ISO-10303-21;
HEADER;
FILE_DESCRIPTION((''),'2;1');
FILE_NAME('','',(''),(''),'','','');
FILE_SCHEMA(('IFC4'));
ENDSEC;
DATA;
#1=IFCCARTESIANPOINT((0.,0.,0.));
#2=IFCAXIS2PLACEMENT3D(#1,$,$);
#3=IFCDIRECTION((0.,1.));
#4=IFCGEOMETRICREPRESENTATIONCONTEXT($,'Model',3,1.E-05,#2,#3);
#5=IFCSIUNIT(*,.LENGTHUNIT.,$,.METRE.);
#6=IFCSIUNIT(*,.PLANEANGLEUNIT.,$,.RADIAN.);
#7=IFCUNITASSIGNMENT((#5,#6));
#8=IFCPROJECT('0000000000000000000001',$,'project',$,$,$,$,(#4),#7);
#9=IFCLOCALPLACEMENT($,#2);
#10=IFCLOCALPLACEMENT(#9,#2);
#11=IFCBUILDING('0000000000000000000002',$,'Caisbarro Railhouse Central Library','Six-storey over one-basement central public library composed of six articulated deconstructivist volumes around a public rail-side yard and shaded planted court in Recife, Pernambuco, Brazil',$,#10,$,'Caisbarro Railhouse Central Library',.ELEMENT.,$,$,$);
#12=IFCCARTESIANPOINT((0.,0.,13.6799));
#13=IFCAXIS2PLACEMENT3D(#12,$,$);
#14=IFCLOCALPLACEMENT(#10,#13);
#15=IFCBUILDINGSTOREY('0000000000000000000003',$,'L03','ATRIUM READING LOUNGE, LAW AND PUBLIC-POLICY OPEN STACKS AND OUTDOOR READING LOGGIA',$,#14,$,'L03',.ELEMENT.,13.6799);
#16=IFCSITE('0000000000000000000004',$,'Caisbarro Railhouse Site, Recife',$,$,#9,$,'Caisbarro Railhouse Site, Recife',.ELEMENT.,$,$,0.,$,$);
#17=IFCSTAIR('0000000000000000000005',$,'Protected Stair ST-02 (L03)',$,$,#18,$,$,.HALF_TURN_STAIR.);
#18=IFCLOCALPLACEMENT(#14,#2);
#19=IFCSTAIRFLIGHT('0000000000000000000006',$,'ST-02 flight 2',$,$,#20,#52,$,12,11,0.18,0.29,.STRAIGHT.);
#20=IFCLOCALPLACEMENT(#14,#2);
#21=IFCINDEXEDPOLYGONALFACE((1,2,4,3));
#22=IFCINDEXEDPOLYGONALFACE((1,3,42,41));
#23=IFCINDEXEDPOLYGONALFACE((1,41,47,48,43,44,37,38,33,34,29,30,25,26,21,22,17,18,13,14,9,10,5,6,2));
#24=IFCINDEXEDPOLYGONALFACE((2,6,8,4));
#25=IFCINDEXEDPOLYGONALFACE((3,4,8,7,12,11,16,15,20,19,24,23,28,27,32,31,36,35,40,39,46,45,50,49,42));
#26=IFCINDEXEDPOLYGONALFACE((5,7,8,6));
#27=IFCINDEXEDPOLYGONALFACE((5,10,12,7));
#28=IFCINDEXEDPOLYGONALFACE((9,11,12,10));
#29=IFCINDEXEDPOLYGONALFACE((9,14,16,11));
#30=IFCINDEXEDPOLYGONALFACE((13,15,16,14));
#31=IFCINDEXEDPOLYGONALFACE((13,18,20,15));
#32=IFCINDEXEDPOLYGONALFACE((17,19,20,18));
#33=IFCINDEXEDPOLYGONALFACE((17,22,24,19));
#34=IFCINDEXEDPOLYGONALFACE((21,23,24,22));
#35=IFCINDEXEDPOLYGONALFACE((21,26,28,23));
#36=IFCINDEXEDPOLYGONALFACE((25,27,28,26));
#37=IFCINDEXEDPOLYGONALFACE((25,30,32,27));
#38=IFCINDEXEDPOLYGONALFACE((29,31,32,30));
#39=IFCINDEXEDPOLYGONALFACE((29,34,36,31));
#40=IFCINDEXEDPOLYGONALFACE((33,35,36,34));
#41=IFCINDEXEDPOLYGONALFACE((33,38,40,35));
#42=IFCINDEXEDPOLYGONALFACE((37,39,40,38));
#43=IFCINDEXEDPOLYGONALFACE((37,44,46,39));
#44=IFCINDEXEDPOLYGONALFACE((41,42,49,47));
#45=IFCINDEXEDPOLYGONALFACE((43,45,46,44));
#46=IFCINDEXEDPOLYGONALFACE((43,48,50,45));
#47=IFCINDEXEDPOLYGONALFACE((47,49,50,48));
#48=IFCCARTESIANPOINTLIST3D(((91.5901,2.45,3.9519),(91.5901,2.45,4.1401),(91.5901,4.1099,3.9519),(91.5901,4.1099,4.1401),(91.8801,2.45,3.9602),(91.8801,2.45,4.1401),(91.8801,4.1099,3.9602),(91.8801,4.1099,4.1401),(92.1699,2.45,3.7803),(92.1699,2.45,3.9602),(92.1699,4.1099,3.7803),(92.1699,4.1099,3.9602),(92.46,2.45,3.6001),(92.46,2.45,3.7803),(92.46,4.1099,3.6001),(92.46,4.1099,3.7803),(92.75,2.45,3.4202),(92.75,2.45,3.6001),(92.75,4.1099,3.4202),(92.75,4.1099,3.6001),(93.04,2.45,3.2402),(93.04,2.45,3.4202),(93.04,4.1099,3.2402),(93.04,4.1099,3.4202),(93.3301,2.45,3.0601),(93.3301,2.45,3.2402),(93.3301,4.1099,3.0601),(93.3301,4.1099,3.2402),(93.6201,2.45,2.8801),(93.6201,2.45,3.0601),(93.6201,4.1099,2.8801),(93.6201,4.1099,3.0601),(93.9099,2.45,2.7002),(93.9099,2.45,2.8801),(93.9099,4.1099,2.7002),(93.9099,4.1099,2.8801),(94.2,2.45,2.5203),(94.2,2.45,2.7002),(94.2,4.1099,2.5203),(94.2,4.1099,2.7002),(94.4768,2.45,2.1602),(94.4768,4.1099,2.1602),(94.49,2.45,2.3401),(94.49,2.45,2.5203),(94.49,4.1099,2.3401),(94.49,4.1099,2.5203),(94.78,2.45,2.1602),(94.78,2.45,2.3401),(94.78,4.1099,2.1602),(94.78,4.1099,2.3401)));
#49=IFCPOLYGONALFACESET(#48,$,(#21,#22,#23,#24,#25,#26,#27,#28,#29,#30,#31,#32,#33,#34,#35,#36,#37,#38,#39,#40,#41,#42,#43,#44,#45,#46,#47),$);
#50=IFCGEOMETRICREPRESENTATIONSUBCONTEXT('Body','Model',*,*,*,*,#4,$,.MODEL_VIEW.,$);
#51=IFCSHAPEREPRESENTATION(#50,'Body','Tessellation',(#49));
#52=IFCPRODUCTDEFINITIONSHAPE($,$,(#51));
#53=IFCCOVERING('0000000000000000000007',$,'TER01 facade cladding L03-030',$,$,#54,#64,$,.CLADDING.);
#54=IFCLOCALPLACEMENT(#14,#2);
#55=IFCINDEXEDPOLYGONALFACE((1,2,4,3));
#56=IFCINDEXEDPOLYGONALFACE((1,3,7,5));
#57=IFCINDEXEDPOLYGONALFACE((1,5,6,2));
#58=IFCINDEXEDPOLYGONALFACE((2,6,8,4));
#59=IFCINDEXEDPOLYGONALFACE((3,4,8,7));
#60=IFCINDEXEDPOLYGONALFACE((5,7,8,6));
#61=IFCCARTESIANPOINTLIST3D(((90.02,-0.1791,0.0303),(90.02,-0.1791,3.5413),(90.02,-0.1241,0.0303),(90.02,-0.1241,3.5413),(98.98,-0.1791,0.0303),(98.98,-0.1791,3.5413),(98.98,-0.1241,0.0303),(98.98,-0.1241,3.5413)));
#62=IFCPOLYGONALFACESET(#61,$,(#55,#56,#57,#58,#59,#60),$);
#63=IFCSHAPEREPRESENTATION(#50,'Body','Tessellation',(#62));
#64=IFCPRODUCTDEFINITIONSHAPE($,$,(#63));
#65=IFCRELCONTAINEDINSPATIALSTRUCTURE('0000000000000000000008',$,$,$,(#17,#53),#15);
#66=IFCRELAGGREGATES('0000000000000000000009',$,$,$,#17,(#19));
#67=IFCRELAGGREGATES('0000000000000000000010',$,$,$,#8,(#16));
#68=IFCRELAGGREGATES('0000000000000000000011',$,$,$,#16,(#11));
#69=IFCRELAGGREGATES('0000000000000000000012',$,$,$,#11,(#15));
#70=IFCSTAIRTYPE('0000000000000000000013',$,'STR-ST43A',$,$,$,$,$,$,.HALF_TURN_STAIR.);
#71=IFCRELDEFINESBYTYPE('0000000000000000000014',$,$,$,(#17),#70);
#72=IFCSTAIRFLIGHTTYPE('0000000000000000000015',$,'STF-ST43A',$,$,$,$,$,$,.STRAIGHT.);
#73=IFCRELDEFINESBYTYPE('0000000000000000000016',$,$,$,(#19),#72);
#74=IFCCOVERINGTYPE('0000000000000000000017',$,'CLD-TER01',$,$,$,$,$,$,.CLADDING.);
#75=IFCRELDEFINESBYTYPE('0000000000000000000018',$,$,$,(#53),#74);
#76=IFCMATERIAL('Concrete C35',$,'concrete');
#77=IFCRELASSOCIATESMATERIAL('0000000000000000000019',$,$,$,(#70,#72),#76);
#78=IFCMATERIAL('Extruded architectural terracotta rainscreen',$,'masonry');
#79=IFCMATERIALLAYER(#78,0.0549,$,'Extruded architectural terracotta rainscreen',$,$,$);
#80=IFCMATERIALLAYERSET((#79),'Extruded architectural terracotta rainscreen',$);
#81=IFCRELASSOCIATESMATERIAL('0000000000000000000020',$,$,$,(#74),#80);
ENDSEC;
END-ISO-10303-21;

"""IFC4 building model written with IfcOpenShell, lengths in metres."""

from ifc_helpers import new_model, si_unit, direction, frame, origin, origin_2d, place, context, subcontext, project, spatial, polyline, rectangle, outline, extrude, material, layer, layer_set, type_object, element, aggregate, save


model = new_model("IFC4")

# Units and contexts
model_context = context("Model", 3, precision=1e-05, world=origin(), true_north=direction((0.0, 1.0)))
body_context = subcontext(model_context, "Body", "Model", "MODEL_VIEW")
ifc_project = project(units=[si_unit("LENGTHUNIT", "METRE"), si_unit("PLANEANGLEUNIT", "RADIAN")], contexts=[model_context])

# Site, building, storey
site_placement = place(None, origin())
site = spatial("IfcSite", under=ifc_project, at=site_placement, Name="Caisbarro Railhouse Site, Recife", LongName="Caisbarro Railhouse Site, Recife", CompositionType="ELEMENT", RefElevation=0.0)
building_placement = place(site_placement, origin())
building = spatial("IfcBuilding", under=site, at=building_placement, Name="Caisbarro Railhouse Central Library", Description="Six-storey over one-basement central public library composed of six articulated deconstructivist volumes around a public rail-side yard and shaded planted court in Recife, Pernambuco, Brazil", LongName="Caisbarro Railhouse Central Library", CompositionType="ELEMENT")
storey_placement = place(building_placement, frame((0.0, 0.0, 13.6799)))
storey = spatial("IfcBuildingStorey", under=building, at=storey_placement, Name="L03", Description="ATRIUM READING LOUNGE, LAW AND PUBLIC-POLICY OPEN STACKS AND OUTDOOR READING LOGGIA", LongName="L03", CompositionType="ELEMENT", Elevation=13.6799)

# Stair, stair flight
ifc_material_1 = material(Name="Concrete C35", Category="concrete")
stair_type = type_object("IfcStairType", Name="STR-ST43A", PredefinedType="HALF_TURN_STAIR", material=ifc_material_1)
stair_placement = place(storey_placement, origin())
stair = element("IfcStair", 1, at=stair_placement, inside=storey, type_object=stair_type, Name="Protected Stair ST-02 (L03)", PredefinedType="HALF_TURN_STAIR")
stair_flight_type = type_object("IfcStairFlightType", Name="STF-ST43A", PredefinedType="STRAIGHT", material=ifc_material_1)
stair_flight_1_placement = place(storey_placement, frame((94.78, 3.28, 2.1602), z_axis=(0.0, 0.0, 1.0), x_axis=(-1.0, 0.0, 0.0)))
stair_flight_1 = element("IfcStairFlight", 2, at=stair_flight_1_placement, type_object=stair_flight_type, Name="ST-02 flight 2", NumberOfRisers=12, NumberOfTreads=11, PredefinedType="STRAIGHT", RiserHeight=0.18, TreadLength=0.29, context=body_context, shape_type="SweptSolid", body=[
    extrude(outline(polyline([(0.0, 0.0), (0.0, 0.1799), (0.29, 0.1799), (0.29, 0.3601), (0.5801, 0.3601), (0.5801, 0.54), (0.8701, 0.54), (0.8701, 0.72), (1.1599, 0.72), (1.1599, 0.8999), (1.45, 0.8999), (1.45, 1.0801), (1.74, 1.0801), (1.74, 1.26), (2.03, 1.26), (2.03, 1.4399), (2.3201, 1.4399), (2.3201, 1.6201), (2.6101, 1.6201), (2.6101, 1.8), (2.8999, 1.8), (2.8999, 1.98), (3.1899, 1.98), (3.1899, 2.1599), (3.1899, 1.7917), (0.3032, 0.0), (0.0, 0.0)])), frame((0.0, 0.8301, 0.0), z_axis=(0.0, -1.0, 0.0), x_axis=(1.0, 0.0, 0.0)), (0.0, 0.0, 1.0), 1.6599),
])
aggregate(stair, [stair_flight_1])

# Covering
ifc_material_2 = material(Name="Extruded architectural terracotta rainscreen", Category="masonry")
ifc_layer_1 = layer(ifc_material_2, 0.0549, Name="Extruded architectural terracotta rainscreen")
ifc_layer_set_1 = layer_set([ifc_layer_1], Name="Extruded architectural terracotta rainscreen")
covering_type = type_object("IfcCoveringType", Name="CLD-TER01", PredefinedType="CLADDING", material=ifc_layer_set_1)
covering_placement = place(storey_placement, frame((94.5, -0.1516, 0.0303), z_axis=(0.0, 0.0, 1.0), x_axis=(1.0, 0.0, 0.0)))
element("IfcCovering", 3, at=covering_placement, inside=storey, type_object=covering_type, Name="TER01 facade cladding L03-030", PredefinedType="CLADDING", context=body_context, shape_type="SweptSolid", body=[
    extrude(rectangle(XDim=8.96, YDim=0.0549, at=origin_2d()), origin(), (0.0, 0.0, 1.0), 3.511),
])

save(model, "model.ifc")
